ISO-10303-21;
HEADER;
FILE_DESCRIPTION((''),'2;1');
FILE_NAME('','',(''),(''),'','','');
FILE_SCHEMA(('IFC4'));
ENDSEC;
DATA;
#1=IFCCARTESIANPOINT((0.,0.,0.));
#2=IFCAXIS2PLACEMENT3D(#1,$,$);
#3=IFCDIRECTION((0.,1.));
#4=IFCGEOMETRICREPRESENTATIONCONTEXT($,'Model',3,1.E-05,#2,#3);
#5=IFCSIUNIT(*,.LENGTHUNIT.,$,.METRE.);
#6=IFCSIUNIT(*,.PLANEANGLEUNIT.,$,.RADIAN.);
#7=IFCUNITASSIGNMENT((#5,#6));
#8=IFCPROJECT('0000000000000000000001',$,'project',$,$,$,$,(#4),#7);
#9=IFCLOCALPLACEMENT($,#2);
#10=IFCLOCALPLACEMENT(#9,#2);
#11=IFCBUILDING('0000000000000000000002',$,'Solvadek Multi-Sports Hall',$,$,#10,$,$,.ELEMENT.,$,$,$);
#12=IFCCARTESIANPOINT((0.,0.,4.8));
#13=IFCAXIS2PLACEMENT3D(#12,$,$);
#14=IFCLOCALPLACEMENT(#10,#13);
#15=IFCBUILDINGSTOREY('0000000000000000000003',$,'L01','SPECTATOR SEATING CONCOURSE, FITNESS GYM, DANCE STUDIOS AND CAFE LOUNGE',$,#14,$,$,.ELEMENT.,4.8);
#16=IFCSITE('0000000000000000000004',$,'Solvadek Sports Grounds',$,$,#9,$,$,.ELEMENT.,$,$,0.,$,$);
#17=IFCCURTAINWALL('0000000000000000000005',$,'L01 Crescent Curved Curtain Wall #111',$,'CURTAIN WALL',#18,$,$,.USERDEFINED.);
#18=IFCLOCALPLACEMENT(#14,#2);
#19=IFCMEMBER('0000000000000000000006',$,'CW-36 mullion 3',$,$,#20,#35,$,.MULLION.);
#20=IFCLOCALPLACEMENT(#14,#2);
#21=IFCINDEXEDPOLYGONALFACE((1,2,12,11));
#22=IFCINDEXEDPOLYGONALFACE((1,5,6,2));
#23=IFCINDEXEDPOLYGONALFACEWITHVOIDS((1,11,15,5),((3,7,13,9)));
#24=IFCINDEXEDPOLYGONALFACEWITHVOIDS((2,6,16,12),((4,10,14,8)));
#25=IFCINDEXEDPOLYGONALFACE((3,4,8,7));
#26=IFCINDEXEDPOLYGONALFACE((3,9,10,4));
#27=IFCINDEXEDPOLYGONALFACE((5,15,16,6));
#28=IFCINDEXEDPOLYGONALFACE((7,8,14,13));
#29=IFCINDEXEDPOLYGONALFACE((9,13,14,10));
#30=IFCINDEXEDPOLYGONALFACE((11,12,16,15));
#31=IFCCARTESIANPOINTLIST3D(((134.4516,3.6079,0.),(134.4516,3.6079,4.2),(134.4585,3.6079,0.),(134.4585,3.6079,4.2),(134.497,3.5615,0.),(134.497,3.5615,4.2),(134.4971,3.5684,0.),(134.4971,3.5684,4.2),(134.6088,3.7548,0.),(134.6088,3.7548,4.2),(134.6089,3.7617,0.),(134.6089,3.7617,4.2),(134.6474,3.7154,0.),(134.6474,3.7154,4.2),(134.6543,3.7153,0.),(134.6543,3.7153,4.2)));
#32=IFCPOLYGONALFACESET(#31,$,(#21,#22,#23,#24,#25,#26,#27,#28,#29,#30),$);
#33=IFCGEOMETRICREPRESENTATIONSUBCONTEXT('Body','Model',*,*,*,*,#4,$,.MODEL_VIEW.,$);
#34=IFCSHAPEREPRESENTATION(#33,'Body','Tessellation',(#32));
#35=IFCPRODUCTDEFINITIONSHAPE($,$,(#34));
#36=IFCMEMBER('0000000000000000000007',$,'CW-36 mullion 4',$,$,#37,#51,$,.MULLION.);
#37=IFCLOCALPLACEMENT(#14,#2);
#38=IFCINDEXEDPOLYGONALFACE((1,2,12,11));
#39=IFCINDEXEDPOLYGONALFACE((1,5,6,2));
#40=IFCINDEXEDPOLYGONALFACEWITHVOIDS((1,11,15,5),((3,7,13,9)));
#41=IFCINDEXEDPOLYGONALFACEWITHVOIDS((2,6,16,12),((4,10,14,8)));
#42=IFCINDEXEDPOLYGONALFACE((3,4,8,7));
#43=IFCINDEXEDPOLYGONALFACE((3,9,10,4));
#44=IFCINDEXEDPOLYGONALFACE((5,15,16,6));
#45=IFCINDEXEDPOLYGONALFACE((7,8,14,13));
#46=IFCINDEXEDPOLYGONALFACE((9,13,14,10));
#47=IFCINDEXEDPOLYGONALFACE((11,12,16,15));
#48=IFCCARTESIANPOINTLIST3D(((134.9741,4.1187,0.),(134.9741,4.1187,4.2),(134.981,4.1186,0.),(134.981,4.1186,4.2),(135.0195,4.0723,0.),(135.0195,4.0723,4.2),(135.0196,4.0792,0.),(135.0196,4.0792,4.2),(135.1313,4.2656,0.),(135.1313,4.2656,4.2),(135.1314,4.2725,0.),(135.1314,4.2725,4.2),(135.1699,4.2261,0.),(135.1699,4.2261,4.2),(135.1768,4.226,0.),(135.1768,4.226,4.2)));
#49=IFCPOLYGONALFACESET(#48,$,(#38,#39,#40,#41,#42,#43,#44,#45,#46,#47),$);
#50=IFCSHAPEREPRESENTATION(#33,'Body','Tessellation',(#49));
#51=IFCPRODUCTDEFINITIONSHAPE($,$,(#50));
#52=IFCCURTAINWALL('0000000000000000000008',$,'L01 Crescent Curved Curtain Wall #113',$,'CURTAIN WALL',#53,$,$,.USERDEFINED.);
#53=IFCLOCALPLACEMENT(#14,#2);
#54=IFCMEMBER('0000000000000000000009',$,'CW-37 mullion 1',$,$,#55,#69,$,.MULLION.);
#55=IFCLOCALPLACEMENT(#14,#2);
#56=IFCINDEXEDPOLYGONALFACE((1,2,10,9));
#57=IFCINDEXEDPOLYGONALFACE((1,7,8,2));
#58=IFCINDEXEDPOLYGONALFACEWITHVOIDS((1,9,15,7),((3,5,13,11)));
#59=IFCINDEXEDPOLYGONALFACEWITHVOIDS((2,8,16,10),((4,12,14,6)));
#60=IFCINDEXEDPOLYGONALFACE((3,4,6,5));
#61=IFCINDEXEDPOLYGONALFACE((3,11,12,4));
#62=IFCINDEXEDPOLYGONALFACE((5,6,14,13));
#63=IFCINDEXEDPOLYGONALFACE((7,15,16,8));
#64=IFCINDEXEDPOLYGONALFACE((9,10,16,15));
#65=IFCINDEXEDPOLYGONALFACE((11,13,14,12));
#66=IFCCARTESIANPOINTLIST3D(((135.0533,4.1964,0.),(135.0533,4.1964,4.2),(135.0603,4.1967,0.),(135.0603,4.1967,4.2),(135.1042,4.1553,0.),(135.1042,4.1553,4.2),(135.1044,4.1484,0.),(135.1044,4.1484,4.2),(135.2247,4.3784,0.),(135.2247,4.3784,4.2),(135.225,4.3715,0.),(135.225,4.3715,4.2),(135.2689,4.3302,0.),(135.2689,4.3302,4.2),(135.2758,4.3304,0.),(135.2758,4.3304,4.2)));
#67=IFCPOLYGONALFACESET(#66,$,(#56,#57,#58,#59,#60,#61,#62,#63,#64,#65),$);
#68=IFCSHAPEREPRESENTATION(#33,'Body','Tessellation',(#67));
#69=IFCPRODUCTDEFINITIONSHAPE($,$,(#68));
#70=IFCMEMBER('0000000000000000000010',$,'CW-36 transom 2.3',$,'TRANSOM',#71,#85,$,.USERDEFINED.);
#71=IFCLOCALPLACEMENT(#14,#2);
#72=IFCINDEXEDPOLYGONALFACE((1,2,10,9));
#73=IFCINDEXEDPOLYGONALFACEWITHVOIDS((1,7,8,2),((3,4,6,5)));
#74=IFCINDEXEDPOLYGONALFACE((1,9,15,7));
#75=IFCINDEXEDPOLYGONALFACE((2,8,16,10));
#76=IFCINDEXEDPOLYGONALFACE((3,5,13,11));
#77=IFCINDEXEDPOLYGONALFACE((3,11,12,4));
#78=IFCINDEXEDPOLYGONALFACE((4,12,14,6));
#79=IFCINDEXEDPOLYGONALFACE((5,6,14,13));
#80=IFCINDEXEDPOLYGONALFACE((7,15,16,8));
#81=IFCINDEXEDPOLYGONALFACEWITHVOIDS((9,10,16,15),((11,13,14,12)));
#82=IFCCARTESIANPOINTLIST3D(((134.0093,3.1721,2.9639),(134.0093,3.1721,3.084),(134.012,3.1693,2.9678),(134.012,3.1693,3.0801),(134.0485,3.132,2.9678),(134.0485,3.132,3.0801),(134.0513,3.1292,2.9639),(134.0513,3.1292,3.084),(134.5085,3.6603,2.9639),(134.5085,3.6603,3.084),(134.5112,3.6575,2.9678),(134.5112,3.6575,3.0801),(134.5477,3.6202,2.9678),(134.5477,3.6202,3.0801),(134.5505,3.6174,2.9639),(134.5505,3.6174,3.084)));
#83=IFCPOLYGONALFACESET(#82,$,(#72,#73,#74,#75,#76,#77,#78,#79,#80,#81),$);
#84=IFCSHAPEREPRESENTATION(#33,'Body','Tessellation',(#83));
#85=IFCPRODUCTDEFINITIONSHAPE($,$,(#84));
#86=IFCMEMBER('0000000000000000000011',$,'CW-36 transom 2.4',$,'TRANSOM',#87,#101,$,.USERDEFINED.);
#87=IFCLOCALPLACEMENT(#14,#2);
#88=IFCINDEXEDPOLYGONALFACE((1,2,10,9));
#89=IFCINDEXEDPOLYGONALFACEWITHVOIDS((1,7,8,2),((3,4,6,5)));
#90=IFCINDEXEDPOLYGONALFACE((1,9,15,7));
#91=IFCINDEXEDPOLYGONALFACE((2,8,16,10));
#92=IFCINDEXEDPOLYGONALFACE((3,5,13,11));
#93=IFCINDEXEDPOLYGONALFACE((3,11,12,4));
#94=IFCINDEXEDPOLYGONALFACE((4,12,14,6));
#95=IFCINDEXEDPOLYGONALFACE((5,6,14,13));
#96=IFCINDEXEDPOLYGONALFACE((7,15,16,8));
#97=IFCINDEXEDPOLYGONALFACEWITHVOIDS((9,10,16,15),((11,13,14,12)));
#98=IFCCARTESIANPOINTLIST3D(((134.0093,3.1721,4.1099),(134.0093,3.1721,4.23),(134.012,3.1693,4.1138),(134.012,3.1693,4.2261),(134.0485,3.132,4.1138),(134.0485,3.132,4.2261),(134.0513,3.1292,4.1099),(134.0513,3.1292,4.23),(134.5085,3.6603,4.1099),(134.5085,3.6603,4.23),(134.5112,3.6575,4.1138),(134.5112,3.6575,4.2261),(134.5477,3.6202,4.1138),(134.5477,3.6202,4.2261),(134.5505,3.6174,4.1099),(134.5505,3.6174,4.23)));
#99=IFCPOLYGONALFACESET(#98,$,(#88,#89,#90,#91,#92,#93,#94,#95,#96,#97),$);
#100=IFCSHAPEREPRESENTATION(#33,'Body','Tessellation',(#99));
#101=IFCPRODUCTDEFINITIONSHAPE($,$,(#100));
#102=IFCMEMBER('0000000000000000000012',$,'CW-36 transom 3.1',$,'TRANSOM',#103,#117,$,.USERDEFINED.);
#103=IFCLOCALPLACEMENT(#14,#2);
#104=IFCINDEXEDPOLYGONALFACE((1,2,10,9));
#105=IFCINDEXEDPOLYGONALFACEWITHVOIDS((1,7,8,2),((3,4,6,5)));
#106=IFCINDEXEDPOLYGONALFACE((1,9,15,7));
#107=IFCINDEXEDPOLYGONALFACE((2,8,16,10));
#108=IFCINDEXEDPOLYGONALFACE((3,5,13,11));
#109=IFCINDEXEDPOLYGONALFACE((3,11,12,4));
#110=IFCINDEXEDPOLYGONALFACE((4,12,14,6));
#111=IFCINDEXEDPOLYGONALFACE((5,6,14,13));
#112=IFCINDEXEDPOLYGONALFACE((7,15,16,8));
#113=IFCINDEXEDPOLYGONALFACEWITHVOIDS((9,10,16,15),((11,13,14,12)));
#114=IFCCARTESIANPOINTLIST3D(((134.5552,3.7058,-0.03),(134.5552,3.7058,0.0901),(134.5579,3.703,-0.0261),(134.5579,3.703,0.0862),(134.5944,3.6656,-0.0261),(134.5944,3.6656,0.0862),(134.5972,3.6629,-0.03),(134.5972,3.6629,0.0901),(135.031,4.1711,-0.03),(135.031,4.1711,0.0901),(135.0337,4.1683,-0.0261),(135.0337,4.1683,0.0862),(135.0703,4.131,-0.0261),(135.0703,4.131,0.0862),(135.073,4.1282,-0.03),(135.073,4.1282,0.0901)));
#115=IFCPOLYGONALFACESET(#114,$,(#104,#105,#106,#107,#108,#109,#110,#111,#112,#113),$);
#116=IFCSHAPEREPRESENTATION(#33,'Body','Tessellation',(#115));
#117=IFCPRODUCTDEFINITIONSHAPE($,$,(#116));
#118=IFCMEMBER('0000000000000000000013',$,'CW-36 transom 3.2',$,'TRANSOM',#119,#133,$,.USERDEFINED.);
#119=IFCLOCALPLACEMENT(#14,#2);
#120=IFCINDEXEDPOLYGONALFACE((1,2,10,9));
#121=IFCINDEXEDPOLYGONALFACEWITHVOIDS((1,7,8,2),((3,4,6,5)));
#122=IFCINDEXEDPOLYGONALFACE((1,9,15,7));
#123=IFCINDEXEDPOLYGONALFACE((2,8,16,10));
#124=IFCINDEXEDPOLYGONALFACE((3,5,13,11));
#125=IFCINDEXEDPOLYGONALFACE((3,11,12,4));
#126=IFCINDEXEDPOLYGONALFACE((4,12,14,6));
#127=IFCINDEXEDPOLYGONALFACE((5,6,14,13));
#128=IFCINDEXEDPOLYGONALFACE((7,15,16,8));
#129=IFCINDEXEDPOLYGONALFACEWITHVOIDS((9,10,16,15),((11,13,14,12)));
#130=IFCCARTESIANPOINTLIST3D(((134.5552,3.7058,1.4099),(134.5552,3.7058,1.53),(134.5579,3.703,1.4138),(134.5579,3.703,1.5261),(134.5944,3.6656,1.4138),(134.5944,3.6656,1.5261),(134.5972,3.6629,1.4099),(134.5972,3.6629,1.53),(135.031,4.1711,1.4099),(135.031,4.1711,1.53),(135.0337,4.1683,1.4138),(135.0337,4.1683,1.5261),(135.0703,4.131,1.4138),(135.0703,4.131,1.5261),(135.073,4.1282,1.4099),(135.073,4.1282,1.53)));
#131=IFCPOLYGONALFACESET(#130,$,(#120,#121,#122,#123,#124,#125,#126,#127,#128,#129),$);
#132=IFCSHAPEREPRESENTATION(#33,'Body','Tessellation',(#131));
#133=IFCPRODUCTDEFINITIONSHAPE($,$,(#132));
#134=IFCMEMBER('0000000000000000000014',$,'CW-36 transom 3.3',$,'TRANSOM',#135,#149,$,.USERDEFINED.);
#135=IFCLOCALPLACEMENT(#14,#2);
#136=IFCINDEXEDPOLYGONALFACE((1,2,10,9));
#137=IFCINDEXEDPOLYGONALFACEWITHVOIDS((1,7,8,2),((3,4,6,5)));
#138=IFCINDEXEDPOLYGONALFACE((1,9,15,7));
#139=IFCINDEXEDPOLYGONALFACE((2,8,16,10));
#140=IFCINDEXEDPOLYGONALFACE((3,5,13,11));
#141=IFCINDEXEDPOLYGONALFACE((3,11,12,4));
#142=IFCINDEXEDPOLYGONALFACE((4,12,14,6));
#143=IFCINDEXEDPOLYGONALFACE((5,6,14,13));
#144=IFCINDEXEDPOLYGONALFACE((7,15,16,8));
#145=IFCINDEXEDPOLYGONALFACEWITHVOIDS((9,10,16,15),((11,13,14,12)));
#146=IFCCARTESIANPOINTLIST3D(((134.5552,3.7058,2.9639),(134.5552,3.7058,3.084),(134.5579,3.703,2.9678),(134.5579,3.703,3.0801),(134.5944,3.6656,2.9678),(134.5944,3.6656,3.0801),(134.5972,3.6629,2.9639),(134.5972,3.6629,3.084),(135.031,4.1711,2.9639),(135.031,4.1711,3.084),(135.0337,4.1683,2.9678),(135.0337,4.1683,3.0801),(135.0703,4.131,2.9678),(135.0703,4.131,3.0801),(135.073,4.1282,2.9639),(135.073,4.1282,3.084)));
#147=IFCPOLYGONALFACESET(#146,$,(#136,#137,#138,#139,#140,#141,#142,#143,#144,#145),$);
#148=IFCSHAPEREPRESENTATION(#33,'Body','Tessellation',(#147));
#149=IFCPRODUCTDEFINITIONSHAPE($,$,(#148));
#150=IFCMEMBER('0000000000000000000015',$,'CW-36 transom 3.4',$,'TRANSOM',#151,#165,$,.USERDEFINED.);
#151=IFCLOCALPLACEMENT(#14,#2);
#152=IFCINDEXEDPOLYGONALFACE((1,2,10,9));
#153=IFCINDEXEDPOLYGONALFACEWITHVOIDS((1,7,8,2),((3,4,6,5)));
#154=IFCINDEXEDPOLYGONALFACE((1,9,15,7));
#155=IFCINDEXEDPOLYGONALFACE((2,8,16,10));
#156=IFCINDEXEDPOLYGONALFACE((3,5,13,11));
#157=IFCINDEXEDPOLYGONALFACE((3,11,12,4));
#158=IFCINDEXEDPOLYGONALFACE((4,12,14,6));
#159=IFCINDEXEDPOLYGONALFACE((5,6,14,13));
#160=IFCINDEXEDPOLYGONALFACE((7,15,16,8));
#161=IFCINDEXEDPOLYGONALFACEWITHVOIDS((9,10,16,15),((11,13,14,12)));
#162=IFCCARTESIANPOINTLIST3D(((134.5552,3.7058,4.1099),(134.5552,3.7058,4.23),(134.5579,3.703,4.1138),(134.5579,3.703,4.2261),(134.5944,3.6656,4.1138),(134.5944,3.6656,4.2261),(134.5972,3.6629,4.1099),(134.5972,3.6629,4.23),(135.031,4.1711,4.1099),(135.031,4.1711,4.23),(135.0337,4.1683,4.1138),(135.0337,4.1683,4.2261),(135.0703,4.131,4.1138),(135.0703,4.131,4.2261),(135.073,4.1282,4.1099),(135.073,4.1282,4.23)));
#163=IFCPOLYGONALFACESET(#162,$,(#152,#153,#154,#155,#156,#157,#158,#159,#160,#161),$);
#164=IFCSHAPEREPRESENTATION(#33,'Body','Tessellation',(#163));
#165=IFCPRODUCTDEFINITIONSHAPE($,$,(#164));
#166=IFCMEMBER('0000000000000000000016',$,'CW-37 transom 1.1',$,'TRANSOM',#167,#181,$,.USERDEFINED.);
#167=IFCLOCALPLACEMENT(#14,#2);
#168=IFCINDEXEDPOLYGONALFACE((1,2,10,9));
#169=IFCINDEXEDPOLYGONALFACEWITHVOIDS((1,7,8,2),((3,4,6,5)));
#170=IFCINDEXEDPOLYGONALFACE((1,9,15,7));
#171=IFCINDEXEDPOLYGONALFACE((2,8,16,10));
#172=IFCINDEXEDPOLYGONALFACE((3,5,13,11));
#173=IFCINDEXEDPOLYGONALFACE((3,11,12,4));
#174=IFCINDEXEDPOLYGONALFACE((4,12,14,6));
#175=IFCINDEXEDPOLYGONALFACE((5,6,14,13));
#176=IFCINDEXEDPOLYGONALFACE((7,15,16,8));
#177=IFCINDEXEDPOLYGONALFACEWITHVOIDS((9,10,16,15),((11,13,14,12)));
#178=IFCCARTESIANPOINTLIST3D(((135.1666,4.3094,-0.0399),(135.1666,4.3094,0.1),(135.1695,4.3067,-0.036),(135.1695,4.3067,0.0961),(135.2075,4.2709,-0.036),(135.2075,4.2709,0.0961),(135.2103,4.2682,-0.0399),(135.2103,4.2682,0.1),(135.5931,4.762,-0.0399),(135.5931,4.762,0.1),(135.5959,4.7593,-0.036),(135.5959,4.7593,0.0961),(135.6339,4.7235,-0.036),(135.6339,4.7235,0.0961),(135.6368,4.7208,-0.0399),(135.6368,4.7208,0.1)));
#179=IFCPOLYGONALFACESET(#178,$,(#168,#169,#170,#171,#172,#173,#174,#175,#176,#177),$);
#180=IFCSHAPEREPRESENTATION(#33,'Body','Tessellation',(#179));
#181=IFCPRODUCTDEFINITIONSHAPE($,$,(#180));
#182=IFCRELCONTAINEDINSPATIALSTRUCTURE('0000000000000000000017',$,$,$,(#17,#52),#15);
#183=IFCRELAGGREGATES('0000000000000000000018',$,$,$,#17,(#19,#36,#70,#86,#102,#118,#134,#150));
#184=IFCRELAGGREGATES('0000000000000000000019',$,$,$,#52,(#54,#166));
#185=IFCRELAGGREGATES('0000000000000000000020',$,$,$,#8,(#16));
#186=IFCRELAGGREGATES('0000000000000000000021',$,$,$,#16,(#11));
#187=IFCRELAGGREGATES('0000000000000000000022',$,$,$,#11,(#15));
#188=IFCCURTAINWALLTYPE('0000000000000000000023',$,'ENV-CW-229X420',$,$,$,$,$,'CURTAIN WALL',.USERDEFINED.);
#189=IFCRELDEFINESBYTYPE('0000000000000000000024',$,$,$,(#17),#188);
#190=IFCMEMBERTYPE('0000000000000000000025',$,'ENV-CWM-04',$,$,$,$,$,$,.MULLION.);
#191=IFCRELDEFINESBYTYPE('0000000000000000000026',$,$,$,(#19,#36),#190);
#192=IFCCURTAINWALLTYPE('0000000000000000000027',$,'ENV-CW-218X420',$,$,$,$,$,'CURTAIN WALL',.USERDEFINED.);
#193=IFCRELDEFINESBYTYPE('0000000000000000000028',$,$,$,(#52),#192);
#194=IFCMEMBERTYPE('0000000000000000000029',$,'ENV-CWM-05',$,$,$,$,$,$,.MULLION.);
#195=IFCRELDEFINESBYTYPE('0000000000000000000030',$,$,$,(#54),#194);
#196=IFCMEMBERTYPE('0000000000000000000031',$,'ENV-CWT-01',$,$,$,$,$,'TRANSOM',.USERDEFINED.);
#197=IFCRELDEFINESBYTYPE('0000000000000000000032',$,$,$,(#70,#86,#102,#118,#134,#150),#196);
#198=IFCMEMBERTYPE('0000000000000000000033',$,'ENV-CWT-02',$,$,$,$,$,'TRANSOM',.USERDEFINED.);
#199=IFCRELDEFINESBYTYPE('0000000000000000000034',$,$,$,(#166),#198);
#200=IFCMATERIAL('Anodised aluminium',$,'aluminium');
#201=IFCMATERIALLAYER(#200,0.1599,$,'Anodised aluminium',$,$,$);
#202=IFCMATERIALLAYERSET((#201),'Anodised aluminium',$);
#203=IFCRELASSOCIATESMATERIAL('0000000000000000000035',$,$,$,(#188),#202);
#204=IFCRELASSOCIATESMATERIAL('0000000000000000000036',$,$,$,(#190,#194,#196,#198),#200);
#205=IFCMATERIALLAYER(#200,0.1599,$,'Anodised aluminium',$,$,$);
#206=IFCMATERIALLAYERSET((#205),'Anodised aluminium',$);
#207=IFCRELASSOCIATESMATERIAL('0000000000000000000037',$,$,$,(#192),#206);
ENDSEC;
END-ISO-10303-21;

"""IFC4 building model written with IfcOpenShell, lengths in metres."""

from ifc_helpers import new_model, si_unit, direction, frame, origin, origin_2d, place, context, subcontext, project, spatial, hollow_rectangle, extrude, material, layer, layer_set, material_profile, profile_set, type_object, element, aggregate, save


model = new_model("IFC4")

# Units and contexts
model_context = context("Model", 3, precision=1e-05, world=origin(), true_north=direction((0.0, 1.0)))
body_context = subcontext(model_context, "Body", "Model", "MODEL_VIEW")
ifc_project = project(units=[si_unit("LENGTHUNIT", "METRE"), si_unit("PLANEANGLEUNIT", "RADIAN")], contexts=[model_context])

# Site, building, storey
site_placement = place(None, origin())
site = spatial("IfcSite", under=ifc_project, at=site_placement, Name="Solvadek Sports Grounds", CompositionType="ELEMENT", RefElevation=0.0)
building_placement = place(site_placement, origin())
building = spatial("IfcBuilding", under=site, at=building_placement, Name="Solvadek Multi-Sports Hall", CompositionType="ELEMENT")
storey_placement = place(building_placement, frame((0.0, 0.0, 4.8)))
storey = spatial("IfcBuildingStorey", under=building, at=storey_placement, Name="L01", Description="SPECTATOR SEATING CONCOURSE, FITNESS GYM, DANCE STUDIOS AND CAFE LOUNGE", CompositionType="ELEMENT", Elevation=4.8)

# Curtain wall, members
ifc_material_1 = material(Name="Anodised aluminium", Category="aluminium")
ifc_layer_1 = layer(ifc_material_1, 0.1599, Name="Anodised aluminium")
ifc_layer_set_1 = layer_set([ifc_layer_1], Name="Anodised aluminium")
curtain_wall_type_1 = type_object("IfcCurtainWallType", Name="ENV-CW-229X420", ElementType="CURTAIN WALL", PredefinedType="USERDEFINED", material=ifc_layer_set_1)
curtain_wall_1_placement = place(storey_placement, origin())
curtain_wall_1 = element("IfcCurtainWall", 1, at=curtain_wall_1_placement, inside=storey, type_object=curtain_wall_type_1, Name="L01 Crescent Curved Curtain Wall #111", ObjectType="CURTAIN WALL", PredefinedType="USERDEFINED")
ifc_material_profile_1 = material_profile(ifc_material_1, hollow_rectangle(XDim=0.0649, YDim=0.22, WallThickness=0.0049, at=origin_2d()), Name="ALU-M 220x65x5")
ifc_profile_set_1 = profile_set([ifc_material_profile_1], Name="Anodised aluminium")
member_type_1 = type_object("IfcMemberType", Name="ENV-CWM-04", PredefinedType="MULLION", material=ifc_profile_set_1)
member_1_placement = place(storey_placement, frame((134.553, 3.6616, 0.0), z_axis=(0.0, 0.0, 1.0), x_axis=(-0.699091, 0.715032, 0.0)))
member_1 = element("IfcMember", 2, at=member_1_placement, type_object=member_type_1, Name="CW-36 mullion 3", PredefinedType="MULLION", context=body_context, shape_type="SweptSolid", body=[
    extrude(hollow_rectangle(XDim=0.0649, YDim=0.22, WallThickness=0.0049, at=origin_2d()), origin(), (0.0, 0.0, 1.0), 4.2),
])
member_2_placement = place(storey_placement, frame((135.0754, 4.1724, 0.0), z_axis=(0.0, 0.0, 1.0), x_axis=(-0.699091, 0.715032, 0.0)))
member_2 = element("IfcMember", 3, at=member_2_placement, type_object=member_type_1, Name="CW-36 mullion 4", PredefinedType="MULLION", context=body_context, shape_type="SweptSolid", body=[
    extrude(hollow_rectangle(XDim=0.0649, YDim=0.22, WallThickness=0.0049, at=origin_2d()), origin(), (0.0, 0.0, 1.0), 4.2),
])

# Curtain wall, member
ifc_layer_2 = layer(ifc_material_1, 0.1599, Name="Anodised aluminium")
ifc_layer_set_2 = layer_set([ifc_layer_2], Name="Anodised aluminium")
curtain_wall_type_2 = type_object("IfcCurtainWallType", Name="ENV-CW-218X420", ElementType="CURTAIN WALL", PredefinedType="USERDEFINED", material=ifc_layer_set_2)
curtain_wall_2_placement = place(storey_placement, origin())
curtain_wall_2 = element("IfcCurtainWall", 4, at=curtain_wall_2_placement, inside=storey, type_object=curtain_wall_type_2, Name="L01 Crescent Curved Curtain Wall #113", ObjectType="CURTAIN WALL", PredefinedType="USERDEFINED")
ifc_material_profile_2 = material_profile(ifc_material_1, hollow_rectangle(XDim=0.0701, YDim=0.25, WallThickness=0.0049, at=origin_2d()), Name="ALU-M 250x70x5")
ifc_profile_set_2 = profile_set([ifc_material_profile_2], Name="Anodised aluminium")
member_type_2 = type_object("IfcMemberType", Name="ENV-CWM-05", PredefinedType="MULLION", material=ifc_profile_set_2)
member_3_placement = place(storey_placement, frame((135.1646, 4.2634, 0.0), z_axis=(0.0, 0.0, 1.0), x_axis=(-0.727999, 0.685578, 0.0)))
member_3 = element("IfcMember", 5, at=member_3_placement, type_object=member_type_2, Name="CW-37 mullion 1", PredefinedType="MULLION", context=body_context, shape_type="SweptSolid", body=[
    extrude(hollow_rectangle(XDim=0.0701, YDim=0.25, WallThickness=0.0049, at=origin_2d()), origin(), (0.0, 0.0, 1.0), 4.2),
])

# Members
ifc_material_profile_3 = material_profile(ifc_material_1, hollow_rectangle(XDim=0.0601, YDim=0.1201, WallThickness=0.0039, at=origin_2d()), Name="ALU-T 120x60x4")
ifc_profile_set_3 = profile_set([ifc_material_profile_3], Name="Anodised aluminium")
member_type_3 = type_object("IfcMemberType", Name="ENV-CWT-01", ElementType="TRANSOM", PredefinedType="USERDEFINED", material=ifc_profile_set_3)
member_4_placement = place(storey_placement, frame((134.0303, 3.1506, 3.0239), z_axis=(0.714929, 0.699197, 0.0), x_axis=(-0.699197, 0.714929, 0.0)))
member_4 = element("IfcMember", 6, at=member_4_placement, type_object=member_type_3, Name="CW-36 transom 2.3", ObjectType="TRANSOM", PredefinedType="USERDEFINED", context=body_context, shape_type="SweptSolid", body=[
    extrude(hollow_rectangle(XDim=0.0601, YDim=0.1201, WallThickness=0.0039, at=origin_2d()), origin(), (0.0, 0.0, 1.0), 0.6982),
])
member_5_placement = place(storey_placement, frame((134.0303, 3.1506, 4.1699), z_axis=(0.714929, 0.699197, 0.0), x_axis=(-0.699197, 0.714929, 0.0)))
member_5 = element("IfcMember", 7, at=member_5_placement, type_object=member_type_3, Name="CW-36 transom 2.4", ObjectType="TRANSOM", PredefinedType="USERDEFINED", context=body_context, shape_type="SweptSolid", body=[
    extrude(hollow_rectangle(XDim=0.0601, YDim=0.1201, WallThickness=0.0039, at=origin_2d()), origin(), (0.0, 0.0, 1.0), 0.6982),
])
member_6_placement = place(storey_placement, frame((134.5762, 3.6843, 0.03), z_axis=(0.71495, 0.699176, 0.0), x_axis=(-0.699176, 0.71495, 0.0)))
member_6 = element("IfcMember", 8, at=member_6_placement, type_object=member_type_3, Name="CW-36 transom 3.1", ObjectType="TRANSOM", PredefinedType="USERDEFINED", context=body_context, shape_type="SweptSolid", body=[
    extrude(hollow_rectangle(XDim=0.0601, YDim=0.1201, WallThickness=0.0039, at=origin_2d()), origin(), (0.0, 0.0, 1.0), 0.6655),
])
member_7_placement = place(storey_placement, frame((134.5762, 3.6843, 1.47), z_axis=(0.71495, 0.699176, 0.0), x_axis=(-0.699176, 0.71495, 0.0)))
member_7 = element("IfcMember", 9, at=member_7_placement, type_object=member_type_3, Name="CW-36 transom 3.2", ObjectType="TRANSOM", PredefinedType="USERDEFINED", context=body_context, shape_type="SweptSolid", body=[
    extrude(hollow_rectangle(XDim=0.0601, YDim=0.1201, WallThickness=0.0039, at=origin_2d()), origin(), (0.0, 0.0, 1.0), 0.6655),
])
member_8_placement = place(storey_placement, frame((134.5762, 3.6843, 3.0239), z_axis=(0.71495, 0.699176, 0.0), x_axis=(-0.699176, 0.71495, 0.0)))
member_8 = element("IfcMember", 10, at=member_8_placement, type_object=member_type_3, Name="CW-36 transom 3.3", ObjectType="TRANSOM", PredefinedType="USERDEFINED", context=body_context, shape_type="SweptSolid", body=[
    extrude(hollow_rectangle(XDim=0.0601, YDim=0.1201, WallThickness=0.0039, at=origin_2d()), origin(), (0.0, 0.0, 1.0), 0.6655),
])
member_9_placement = place(storey_placement, frame((134.5762, 3.6843, 4.1699), z_axis=(0.71495, 0.699176, 0.0), x_axis=(-0.699176, 0.71495, 0.0)))
member_9 = element("IfcMember", 11, at=member_9_placement, type_object=member_type_3, Name="CW-36 transom 3.4", ObjectType="TRANSOM", PredefinedType="USERDEFINED", context=body_context, shape_type="SweptSolid", body=[
    extrude(hollow_rectangle(XDim=0.0601, YDim=0.1201, WallThickness=0.0039, at=origin_2d()), origin(), (0.0, 0.0, 1.0), 0.6655),
])
ifc_material_profile_4 = material_profile(ifc_material_1, hollow_rectangle(XDim=0.0601, YDim=0.1399, WallThickness=0.0039, at=origin_2d()), Name="ALU-T 140x60x4")
ifc_profile_set_4 = profile_set([ifc_material_profile_4], Name="Anodised aluminium")
member_type_4 = type_object("IfcMemberType", Name="ENV-CWT-02", ElementType="TRANSOM", PredefinedType="USERDEFINED", material=ifc_profile_set_4)
member_10_placement = place(storey_placement, frame((135.1885, 4.2888, 0.03), z_axis=(0.685793, 0.727797, 0.0), x_axis=(-0.727797, 0.685793, 0.0)))
member_10 = element("IfcMember", 12, at=member_10_placement, type_object=member_type_4, Name="CW-37 transom 1.1", ObjectType="TRANSOM", PredefinedType="USERDEFINED", context=body_context, shape_type="SweptSolid", body=[
    extrude(hollow_rectangle(XDim=0.0601, YDim=0.1399, WallThickness=0.0039, at=origin_2d()), origin(), (0.0, 0.0, 1.0), 0.6218),
])

aggregate(curtain_wall_1, [member_1, member_2, member_4, member_5, member_6, member_7, member_8, member_9])
aggregate(curtain_wall_2, [member_3, member_10])

save(model, "model.ifc")
